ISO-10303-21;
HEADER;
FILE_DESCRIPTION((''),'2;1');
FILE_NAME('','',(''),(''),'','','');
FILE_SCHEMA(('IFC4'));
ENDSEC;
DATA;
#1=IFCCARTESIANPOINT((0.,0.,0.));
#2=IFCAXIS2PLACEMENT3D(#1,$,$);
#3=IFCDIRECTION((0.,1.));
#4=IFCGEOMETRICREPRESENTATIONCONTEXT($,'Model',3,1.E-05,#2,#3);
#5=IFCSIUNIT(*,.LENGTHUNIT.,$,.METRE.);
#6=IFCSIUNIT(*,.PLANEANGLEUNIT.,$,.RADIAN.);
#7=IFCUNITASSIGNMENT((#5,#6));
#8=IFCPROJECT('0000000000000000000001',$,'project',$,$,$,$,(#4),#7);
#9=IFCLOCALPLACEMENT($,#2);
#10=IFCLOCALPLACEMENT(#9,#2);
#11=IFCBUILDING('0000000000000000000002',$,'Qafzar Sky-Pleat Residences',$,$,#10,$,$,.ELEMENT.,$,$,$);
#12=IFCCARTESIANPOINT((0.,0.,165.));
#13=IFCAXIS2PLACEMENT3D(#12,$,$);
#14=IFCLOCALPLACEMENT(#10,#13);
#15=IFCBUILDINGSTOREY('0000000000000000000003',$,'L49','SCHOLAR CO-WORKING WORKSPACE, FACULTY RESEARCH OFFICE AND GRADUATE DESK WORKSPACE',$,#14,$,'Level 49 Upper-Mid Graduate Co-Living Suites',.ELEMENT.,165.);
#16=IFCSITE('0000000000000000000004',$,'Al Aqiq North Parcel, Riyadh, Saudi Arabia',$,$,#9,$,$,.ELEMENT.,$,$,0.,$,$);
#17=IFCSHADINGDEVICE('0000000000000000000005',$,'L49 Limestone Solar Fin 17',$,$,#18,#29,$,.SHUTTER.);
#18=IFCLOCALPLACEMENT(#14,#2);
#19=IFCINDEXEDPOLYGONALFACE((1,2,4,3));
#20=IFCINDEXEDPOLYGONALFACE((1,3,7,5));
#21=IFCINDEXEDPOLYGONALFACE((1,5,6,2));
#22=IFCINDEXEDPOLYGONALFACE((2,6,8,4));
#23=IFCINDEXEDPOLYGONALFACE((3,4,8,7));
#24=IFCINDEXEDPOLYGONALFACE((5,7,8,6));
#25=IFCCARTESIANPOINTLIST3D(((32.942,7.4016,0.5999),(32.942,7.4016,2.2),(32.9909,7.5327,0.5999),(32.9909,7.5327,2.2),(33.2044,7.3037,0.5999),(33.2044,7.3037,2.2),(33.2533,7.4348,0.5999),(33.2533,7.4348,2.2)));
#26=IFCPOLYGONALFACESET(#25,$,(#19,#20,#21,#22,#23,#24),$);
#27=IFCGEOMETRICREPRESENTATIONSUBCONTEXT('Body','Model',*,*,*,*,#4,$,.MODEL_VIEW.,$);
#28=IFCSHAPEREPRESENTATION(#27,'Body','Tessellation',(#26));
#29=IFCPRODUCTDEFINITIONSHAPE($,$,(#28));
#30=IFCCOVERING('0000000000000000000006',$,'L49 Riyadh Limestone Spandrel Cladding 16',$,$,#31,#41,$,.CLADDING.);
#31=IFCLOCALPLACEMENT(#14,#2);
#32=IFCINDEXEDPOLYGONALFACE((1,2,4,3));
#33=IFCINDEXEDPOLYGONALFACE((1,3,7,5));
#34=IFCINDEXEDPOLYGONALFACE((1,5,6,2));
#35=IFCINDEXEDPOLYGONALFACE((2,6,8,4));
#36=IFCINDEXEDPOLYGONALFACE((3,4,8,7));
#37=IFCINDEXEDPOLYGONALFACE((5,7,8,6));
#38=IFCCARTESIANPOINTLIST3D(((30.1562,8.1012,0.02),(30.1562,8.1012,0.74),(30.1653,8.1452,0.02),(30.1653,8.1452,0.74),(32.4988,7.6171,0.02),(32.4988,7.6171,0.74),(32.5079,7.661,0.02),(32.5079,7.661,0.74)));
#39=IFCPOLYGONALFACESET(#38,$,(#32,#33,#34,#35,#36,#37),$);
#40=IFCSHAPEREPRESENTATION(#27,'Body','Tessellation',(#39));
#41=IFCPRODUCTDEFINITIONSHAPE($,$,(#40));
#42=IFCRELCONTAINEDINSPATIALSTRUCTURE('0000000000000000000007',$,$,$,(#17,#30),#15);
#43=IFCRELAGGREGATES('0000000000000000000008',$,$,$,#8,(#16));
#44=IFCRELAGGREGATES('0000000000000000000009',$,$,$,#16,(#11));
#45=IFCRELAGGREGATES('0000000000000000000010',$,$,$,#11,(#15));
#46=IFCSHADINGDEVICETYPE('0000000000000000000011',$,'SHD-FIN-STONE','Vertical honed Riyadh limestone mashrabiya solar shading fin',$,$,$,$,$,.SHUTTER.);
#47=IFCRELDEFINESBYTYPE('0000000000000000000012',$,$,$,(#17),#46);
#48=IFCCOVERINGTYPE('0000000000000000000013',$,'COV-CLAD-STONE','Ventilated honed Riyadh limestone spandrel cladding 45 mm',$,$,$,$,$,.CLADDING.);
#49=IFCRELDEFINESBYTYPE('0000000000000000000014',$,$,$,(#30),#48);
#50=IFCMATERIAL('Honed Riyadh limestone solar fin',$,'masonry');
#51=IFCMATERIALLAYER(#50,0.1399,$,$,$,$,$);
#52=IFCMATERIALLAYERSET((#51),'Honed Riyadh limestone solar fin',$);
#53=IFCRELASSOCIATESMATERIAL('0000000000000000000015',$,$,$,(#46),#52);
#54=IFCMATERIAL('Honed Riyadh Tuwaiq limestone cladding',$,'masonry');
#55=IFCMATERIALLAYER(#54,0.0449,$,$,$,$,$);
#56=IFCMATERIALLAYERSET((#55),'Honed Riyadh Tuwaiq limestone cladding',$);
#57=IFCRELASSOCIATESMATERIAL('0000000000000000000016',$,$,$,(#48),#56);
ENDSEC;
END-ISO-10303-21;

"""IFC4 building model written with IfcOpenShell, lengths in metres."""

from ifc_helpers import new_model, si_unit, direction, frame, origin, origin_2d, place, context, subcontext, project, spatial, rectangle, extrude, source, transform, mapped, material, layer, layer_set, type_object, element, save


model = new_model("IFC4")

# Units and contexts
model_context = context("Model", 3, precision=1e-05, world=origin(), true_north=direction((0.0, 1.0)))
body_context = subcontext(model_context, "Body", "Model", "MODEL_VIEW")
ifc_project = project(units=[si_unit("LENGTHUNIT", "METRE"), si_unit("PLANEANGLEUNIT", "RADIAN")], contexts=[model_context])

# Site, building, storey
site_placement = place(None, origin())
site = spatial("IfcSite", under=ifc_project, at=site_placement, Name="Al Aqiq North Parcel, Riyadh, Saudi Arabia", CompositionType="ELEMENT", RefElevation=0.0)
building_placement = place(site_placement, origin())
building = spatial("IfcBuilding", under=site, at=building_placement, Name="Qafzar Sky-Pleat Residences", CompositionType="ELEMENT")
storey_placement = place(building_placement, frame((0.0, 0.0, 165.0)))
storey = spatial("IfcBuildingStorey", under=building, at=storey_placement, Name="L49", Description="SCHOLAR CO-WORKING WORKSPACE, FACULTY RESEARCH OFFICE AND GRADUATE DESK WORKSPACE", LongName="Level 49 Upper-Mid Graduate Co-Living Suites", CompositionType="ELEMENT", Elevation=165.0)

# Shading device
ifc_material_1 = material(Name="Honed Riyadh limestone solar fin", Category="masonry")
ifc_layer_1 = layer(ifc_material_1, 0.1399)
ifc_layer_set_1 = layer_set([ifc_layer_1], Name="Honed Riyadh limestone solar fin")
shading_device_type = type_object("IfcShadingDeviceType", Name="SHD-FIN-STONE", Description="Vertical honed Riyadh limestone mashrabiya solar shading fin", PredefinedType="SHUTTER", material=ifc_layer_set_1)
shared_shape_1 = source(origin(), body_context, "Body", "SweptSolid", [
    extrude(rectangle(XDim=0.1399, YDim=0.28, at=origin_2d()), origin(), (0.0, 0.0, 1.0), 1.6001),
])
shading_device_placement = place(storey_placement, frame((33.0977, 7.4182, 0.5999), z_axis=(0.0, 0.0, 1.0), x_axis=(-0.349592, -0.936902, 0.0)))
element("IfcShadingDevice", 1, at=shading_device_placement, inside=storey, type_object=shading_device_type, Name="L49 Limestone Solar Fin 17", PredefinedType="SHUTTER", context=body_context, shape_type="MappedRepresentation", body=[
    mapped(shared_shape_1, transform((0.0, 0.0, 0.0), x_axis=(1.0, 0.0, 0.0), y_axis=(0.0, 1.0, 0.0), z_axis=(0.0, 0.0, 1.0), scale=1.0)),
])

# Covering
ifc_material_2 = material(Name="Honed Riyadh Tuwaiq limestone cladding", Category="masonry")
ifc_layer_2 = layer(ifc_material_2, 0.0449)
ifc_layer_set_2 = layer_set([ifc_layer_2], Name="Honed Riyadh Tuwaiq limestone cladding")
covering_type = type_object("IfcCoveringType", Name="COV-CLAD-STONE", Description="Ventilated honed Riyadh limestone spandrel cladding 45 mm", PredefinedType="CLADDING", material=ifc_layer_set_2)
shared_shape_2 = source(origin(), body_context, "Body", "SweptSolid", [
    extrude(rectangle(XDim=2.3921, YDim=0.0449, at=origin_2d()), origin(), (0.0, 0.0, 1.0), 0.72),
])
covering_placement = place(storey_placement, frame((31.332, 7.8811, 0.02), z_axis=(0.0, 0.0, 1.0), x_axis=(0.979307, -0.202378, 0.0)))
element("IfcCovering", 2, at=covering_placement, inside=storey, type_object=covering_type, Name="L49 Riyadh Limestone Spandrel Cladding 16", PredefinedType="CLADDING", context=body_context, shape_type="MappedRepresentation", body=[
    mapped(shared_shape_2, transform((0.0, 0.0, 0.0), x_axis=(1.0, 0.0, 0.0), y_axis=(0.0, 1.0, 0.0), z_axis=(0.0, 0.0, 1.0), scale=1.0)),
])

save(model, "model.ifc")
